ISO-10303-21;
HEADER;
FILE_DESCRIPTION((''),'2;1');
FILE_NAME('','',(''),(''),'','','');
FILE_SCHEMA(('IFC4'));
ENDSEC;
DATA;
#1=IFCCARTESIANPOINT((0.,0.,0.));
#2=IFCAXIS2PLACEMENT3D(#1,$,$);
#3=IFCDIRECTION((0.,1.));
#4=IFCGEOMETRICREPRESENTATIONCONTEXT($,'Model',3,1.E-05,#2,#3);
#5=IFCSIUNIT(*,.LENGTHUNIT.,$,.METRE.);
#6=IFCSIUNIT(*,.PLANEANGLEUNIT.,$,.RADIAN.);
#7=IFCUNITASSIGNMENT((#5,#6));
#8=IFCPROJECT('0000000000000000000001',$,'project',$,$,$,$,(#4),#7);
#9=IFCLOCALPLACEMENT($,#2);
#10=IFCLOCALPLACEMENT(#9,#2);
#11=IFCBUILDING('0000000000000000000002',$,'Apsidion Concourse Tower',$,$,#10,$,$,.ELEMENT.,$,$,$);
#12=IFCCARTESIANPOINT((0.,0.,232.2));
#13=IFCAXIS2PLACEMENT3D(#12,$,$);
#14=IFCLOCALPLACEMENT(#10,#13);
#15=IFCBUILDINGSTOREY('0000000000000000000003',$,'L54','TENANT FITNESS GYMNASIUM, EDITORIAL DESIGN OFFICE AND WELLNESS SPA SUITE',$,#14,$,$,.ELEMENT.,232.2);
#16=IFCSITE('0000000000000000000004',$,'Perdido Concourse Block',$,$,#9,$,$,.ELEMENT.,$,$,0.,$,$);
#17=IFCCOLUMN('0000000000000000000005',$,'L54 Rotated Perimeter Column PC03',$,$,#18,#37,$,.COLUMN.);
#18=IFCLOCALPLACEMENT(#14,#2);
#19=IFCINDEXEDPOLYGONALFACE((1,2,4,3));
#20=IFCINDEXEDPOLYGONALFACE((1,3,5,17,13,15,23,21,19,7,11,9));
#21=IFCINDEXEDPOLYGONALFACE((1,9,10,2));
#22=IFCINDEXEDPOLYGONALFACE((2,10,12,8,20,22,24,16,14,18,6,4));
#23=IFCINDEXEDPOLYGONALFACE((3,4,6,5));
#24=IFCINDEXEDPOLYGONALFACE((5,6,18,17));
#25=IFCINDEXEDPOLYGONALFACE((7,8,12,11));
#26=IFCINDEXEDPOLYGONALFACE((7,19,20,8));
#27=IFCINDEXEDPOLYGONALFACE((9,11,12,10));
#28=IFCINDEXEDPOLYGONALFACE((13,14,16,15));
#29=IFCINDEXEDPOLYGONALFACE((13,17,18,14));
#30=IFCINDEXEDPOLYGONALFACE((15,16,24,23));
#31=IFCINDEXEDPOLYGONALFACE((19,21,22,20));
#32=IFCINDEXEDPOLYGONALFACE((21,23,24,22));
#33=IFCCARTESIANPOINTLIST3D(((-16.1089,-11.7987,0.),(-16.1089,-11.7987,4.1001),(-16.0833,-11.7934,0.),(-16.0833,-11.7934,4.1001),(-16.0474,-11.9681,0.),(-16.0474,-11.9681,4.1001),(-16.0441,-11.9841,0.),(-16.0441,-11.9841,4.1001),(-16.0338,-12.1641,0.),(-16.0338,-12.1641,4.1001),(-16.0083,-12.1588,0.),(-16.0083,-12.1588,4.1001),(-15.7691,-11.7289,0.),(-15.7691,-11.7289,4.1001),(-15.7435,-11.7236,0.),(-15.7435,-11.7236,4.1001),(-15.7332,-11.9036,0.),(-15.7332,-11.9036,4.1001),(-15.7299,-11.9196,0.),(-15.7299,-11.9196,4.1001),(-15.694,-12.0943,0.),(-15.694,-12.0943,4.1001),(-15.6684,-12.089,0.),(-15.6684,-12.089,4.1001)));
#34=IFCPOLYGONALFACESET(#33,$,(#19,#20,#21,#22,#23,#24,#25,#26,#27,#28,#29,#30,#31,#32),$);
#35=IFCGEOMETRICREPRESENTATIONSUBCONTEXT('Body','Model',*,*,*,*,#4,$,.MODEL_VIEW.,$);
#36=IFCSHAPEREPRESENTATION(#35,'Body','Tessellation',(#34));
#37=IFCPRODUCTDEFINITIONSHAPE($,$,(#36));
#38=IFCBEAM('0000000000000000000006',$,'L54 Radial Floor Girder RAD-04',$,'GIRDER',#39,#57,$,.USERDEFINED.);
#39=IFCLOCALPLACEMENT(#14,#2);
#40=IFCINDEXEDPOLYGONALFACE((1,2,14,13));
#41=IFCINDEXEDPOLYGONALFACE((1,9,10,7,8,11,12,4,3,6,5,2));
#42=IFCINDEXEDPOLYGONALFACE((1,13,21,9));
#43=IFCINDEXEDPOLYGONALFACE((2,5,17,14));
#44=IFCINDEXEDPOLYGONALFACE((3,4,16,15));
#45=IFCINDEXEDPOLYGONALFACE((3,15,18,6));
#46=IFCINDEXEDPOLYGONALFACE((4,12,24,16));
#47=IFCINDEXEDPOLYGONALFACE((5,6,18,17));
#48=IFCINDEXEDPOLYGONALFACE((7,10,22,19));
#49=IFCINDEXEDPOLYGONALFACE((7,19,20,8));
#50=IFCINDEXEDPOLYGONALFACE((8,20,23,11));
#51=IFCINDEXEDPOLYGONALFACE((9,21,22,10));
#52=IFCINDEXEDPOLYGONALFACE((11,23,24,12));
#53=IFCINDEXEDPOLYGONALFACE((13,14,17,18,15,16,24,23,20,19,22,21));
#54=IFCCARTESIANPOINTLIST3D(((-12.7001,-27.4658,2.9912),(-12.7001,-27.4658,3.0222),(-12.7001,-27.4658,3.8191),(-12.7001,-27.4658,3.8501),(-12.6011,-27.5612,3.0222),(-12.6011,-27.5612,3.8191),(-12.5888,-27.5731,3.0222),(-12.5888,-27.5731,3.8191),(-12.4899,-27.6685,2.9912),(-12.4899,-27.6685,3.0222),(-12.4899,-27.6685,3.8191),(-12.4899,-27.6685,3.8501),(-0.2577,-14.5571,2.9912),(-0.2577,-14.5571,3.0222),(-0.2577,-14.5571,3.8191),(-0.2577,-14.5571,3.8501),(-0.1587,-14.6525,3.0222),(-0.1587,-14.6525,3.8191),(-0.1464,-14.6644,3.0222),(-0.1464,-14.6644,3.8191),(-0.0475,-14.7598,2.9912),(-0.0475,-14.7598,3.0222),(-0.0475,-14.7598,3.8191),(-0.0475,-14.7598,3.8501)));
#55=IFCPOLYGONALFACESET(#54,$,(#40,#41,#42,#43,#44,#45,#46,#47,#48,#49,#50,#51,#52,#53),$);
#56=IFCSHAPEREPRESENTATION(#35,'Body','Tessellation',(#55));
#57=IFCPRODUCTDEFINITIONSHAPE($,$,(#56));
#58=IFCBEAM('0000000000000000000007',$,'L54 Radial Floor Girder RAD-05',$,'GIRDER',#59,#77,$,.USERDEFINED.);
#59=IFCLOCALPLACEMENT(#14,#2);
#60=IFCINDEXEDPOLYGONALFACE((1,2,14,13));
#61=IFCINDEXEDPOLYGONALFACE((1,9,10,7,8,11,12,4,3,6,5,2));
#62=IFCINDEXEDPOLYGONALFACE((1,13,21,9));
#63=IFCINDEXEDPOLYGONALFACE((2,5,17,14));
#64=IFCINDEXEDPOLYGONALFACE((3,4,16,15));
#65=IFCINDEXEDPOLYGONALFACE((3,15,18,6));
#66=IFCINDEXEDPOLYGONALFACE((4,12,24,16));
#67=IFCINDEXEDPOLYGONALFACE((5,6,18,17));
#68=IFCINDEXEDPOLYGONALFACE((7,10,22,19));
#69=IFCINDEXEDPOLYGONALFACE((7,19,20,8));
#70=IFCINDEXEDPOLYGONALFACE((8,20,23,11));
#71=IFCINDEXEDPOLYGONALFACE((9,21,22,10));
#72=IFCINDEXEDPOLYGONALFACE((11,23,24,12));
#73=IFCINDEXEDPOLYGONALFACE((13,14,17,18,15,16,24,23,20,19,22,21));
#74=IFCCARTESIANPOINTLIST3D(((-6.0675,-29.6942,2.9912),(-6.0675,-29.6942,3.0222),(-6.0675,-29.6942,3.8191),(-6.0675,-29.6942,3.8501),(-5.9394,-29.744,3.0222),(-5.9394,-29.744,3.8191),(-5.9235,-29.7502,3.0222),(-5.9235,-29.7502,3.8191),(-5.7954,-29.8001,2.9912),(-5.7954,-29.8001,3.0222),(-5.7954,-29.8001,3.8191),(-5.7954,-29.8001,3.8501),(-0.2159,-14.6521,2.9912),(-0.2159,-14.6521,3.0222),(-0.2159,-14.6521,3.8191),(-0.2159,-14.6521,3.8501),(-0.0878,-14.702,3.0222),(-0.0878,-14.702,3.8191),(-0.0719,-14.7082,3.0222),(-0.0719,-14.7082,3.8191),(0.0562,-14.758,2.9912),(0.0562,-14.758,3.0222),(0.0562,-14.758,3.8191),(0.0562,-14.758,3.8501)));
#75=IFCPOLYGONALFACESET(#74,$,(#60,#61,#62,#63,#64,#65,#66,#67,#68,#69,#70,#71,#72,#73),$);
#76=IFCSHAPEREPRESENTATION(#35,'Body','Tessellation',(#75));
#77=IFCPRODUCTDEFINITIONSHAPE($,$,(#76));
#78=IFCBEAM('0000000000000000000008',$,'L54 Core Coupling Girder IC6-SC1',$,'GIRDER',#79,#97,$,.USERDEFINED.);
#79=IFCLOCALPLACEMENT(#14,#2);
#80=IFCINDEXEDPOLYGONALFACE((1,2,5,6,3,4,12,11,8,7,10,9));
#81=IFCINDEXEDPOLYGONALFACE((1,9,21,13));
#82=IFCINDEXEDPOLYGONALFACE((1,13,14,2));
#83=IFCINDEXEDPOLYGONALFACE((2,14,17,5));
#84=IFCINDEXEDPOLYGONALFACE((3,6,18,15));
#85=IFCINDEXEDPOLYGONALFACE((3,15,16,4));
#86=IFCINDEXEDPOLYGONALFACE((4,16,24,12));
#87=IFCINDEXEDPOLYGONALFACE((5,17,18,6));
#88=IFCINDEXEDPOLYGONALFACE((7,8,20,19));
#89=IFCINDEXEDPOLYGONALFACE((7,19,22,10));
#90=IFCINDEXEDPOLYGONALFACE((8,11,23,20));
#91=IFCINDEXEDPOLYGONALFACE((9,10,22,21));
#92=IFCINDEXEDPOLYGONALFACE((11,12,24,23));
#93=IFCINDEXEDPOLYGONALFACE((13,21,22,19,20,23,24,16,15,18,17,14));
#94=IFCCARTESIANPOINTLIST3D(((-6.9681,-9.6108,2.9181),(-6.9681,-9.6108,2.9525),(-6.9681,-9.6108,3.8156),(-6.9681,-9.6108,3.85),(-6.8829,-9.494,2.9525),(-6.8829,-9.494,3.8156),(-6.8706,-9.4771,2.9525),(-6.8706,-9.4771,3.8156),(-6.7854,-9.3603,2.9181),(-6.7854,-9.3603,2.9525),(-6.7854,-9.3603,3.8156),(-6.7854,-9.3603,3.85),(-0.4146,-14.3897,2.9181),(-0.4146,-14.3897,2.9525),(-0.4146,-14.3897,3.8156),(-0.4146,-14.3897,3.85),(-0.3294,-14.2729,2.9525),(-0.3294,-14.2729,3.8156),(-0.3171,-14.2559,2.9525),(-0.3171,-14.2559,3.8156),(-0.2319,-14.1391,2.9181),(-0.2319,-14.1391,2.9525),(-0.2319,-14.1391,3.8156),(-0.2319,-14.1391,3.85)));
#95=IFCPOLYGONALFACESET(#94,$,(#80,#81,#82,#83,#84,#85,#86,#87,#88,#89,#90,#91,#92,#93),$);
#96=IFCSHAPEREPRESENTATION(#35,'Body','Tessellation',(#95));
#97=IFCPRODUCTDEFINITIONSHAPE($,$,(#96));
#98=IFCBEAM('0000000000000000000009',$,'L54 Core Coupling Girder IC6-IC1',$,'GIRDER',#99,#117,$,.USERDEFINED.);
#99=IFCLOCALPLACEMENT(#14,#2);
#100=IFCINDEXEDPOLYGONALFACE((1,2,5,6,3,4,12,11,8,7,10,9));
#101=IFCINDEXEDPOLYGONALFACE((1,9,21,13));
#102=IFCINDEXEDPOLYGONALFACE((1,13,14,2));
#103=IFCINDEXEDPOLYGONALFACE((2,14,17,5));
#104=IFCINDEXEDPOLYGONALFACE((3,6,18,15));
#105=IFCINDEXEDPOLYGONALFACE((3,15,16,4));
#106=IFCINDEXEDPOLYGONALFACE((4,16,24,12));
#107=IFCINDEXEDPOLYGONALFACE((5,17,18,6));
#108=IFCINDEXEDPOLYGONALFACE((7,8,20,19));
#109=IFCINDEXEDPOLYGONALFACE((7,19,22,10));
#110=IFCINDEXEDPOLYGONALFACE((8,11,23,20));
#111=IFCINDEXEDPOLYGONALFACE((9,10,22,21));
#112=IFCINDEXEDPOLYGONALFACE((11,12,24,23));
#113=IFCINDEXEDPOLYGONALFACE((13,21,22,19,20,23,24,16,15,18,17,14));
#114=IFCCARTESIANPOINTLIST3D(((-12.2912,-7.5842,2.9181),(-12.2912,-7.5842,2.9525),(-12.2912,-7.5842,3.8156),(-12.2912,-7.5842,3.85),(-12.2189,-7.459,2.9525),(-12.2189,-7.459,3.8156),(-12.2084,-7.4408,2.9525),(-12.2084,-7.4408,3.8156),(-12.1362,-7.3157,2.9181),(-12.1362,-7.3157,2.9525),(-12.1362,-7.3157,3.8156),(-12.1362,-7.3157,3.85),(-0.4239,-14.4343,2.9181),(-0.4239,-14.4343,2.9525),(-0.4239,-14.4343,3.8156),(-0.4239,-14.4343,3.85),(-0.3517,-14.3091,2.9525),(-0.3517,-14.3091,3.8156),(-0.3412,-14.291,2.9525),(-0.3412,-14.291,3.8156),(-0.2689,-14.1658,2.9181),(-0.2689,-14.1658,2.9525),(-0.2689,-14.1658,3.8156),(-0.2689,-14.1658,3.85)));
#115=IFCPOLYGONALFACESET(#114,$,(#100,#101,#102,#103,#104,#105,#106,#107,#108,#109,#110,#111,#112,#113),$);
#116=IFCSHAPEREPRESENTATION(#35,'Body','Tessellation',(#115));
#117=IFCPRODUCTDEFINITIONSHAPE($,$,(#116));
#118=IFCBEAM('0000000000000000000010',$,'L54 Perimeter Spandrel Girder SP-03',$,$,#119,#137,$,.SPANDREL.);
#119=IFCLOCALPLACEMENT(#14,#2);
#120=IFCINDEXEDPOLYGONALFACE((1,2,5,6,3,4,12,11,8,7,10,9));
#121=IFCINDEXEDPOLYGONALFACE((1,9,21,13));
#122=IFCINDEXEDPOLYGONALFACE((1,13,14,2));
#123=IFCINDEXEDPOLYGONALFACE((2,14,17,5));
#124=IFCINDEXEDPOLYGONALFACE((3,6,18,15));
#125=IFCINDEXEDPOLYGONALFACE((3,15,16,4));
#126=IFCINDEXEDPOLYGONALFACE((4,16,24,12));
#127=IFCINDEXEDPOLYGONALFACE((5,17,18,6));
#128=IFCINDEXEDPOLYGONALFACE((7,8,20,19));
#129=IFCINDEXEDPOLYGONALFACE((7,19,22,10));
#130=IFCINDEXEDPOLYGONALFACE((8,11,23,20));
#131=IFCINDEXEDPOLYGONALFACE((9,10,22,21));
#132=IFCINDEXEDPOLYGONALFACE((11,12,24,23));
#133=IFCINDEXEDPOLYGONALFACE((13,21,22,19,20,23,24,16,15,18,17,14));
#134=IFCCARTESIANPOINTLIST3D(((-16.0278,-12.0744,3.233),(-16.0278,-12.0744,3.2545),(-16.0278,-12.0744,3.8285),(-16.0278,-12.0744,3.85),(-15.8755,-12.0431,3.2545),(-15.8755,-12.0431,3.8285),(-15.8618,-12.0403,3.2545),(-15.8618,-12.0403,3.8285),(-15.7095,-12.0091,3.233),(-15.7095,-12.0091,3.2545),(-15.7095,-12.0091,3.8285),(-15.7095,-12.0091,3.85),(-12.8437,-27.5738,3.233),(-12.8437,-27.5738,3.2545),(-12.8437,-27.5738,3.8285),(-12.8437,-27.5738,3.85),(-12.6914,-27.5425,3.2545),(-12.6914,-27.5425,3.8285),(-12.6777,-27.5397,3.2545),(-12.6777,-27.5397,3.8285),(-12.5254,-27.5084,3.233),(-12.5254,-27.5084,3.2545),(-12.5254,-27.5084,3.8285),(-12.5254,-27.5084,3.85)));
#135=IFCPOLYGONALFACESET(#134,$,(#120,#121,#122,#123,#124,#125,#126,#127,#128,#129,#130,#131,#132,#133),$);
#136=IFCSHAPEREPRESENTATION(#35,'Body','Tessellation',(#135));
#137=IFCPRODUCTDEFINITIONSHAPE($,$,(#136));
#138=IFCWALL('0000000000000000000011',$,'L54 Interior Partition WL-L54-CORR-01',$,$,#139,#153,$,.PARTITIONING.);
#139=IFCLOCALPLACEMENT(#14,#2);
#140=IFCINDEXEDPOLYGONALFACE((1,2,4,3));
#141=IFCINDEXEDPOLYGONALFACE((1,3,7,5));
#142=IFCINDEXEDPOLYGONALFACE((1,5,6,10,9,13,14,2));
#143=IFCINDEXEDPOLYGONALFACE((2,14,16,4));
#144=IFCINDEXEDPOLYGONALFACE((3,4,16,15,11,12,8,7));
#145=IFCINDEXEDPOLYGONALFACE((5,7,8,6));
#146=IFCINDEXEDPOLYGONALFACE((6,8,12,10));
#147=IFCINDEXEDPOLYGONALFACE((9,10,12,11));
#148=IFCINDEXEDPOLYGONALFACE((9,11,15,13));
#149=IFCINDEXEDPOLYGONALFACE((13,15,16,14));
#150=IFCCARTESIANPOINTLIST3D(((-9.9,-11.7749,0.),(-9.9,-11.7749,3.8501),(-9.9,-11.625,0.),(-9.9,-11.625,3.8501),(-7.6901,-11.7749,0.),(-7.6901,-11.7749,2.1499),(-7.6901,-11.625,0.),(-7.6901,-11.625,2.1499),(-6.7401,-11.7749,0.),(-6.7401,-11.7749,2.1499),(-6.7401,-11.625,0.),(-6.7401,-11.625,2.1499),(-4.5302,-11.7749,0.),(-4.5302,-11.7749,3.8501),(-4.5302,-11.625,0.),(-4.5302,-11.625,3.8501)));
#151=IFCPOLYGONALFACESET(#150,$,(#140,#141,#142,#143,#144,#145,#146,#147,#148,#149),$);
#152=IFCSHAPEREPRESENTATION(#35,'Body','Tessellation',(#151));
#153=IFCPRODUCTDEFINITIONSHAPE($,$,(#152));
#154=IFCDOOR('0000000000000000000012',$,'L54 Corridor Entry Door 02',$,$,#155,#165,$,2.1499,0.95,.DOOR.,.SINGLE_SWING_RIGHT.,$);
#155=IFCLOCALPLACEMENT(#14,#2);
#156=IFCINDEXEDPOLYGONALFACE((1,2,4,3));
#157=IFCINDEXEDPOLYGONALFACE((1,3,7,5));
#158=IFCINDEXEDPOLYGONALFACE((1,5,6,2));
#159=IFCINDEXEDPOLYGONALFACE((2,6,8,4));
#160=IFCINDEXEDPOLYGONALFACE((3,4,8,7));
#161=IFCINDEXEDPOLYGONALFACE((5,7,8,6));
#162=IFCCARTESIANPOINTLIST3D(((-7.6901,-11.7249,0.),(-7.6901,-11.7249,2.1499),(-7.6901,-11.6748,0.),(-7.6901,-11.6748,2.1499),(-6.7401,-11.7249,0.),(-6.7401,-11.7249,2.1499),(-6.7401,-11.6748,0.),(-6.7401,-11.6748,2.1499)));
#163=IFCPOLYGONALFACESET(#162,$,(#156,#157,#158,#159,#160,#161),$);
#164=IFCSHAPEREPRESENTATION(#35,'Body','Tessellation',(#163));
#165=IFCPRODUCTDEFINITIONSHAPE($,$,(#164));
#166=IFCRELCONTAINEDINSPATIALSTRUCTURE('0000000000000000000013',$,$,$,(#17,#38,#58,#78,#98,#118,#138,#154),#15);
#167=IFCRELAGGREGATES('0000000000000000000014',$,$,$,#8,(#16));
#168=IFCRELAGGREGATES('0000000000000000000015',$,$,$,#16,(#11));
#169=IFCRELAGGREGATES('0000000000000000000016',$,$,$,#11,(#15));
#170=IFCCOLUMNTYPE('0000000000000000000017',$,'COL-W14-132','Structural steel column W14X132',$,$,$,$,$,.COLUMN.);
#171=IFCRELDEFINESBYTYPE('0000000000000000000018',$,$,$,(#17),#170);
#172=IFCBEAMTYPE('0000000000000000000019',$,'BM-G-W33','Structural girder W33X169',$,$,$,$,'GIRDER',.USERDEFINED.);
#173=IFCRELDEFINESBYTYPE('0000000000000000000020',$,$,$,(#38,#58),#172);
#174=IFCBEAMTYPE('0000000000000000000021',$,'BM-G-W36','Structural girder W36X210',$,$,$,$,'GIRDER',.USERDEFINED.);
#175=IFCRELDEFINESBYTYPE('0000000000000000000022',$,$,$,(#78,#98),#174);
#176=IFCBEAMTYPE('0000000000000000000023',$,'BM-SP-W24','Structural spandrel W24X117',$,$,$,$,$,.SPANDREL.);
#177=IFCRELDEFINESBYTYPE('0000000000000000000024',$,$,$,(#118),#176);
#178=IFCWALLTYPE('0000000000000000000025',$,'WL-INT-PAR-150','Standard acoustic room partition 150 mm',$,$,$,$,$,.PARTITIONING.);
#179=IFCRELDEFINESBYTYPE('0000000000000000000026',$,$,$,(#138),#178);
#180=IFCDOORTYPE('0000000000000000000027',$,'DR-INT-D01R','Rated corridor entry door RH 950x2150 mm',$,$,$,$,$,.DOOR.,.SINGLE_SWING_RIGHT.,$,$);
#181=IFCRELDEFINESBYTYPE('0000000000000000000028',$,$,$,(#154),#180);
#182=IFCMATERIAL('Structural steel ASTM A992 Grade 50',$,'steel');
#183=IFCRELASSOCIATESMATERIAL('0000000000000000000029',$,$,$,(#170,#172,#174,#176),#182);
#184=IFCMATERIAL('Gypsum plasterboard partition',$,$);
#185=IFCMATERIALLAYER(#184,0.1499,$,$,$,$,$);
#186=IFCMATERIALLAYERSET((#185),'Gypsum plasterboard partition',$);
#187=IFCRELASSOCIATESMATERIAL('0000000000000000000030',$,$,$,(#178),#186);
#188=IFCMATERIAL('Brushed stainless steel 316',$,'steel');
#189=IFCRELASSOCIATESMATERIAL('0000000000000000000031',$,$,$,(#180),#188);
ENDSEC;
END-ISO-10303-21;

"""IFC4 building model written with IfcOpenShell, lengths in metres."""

from ifc_helpers import new_model, si_unit, direction, frame, frame_2d, origin, origin_2d, place, context, subcontext, project, spatial, rectangle, i_section, extrude, material, layer, layer_set, material_profile, profile_set, type_object, element, fill, save


model = new_model("IFC4")

# Units and contexts
model_context = context("Model", 3, precision=1e-05, world=origin(), true_north=direction((0.0, 1.0)))
body_context = subcontext(model_context, "Body", "Model", "MODEL_VIEW")
ifc_project = project(units=[si_unit("LENGTHUNIT", "METRE"), si_unit("PLANEANGLEUNIT", "RADIAN")], contexts=[model_context])

# Site, building, storey
site_placement = place(None, origin())
site = spatial("IfcSite", under=ifc_project, at=site_placement, Name="Perdido Concourse Block", CompositionType="ELEMENT", RefElevation=0.0)
building_placement = place(site_placement, origin())
building = spatial("IfcBuilding", under=site, at=building_placement, Name="Apsidion Concourse Tower", CompositionType="ELEMENT")
storey_placement = place(building_placement, frame((0.0, 0.0, 232.2)))
storey = spatial("IfcBuildingStorey", under=building, at=storey_placement, Name="L54", Description="TENANT FITNESS GYMNASIUM, EDITORIAL DESIGN OFFICE AND WELLNESS SPA SUITE", CompositionType="ELEMENT", Elevation=232.2)

# Column
ifc_material_1 = material(Name="Structural steel ASTM A992 Grade 50", Category="steel")
ifc_material_profile_1 = material_profile(ifc_material_1, i_section(OverallWidth=0.373, OverallDepth=0.373, WebThickness=0.0164, FlangeThickness=0.0261, at=origin_2d()), Name="W14X132")
ifc_profile_set_1 = profile_set([ifc_material_profile_1], Name="Structural steel ASTM A992 Grade 50")
column_type = type_object("IfcColumnType", Name="COL-W14-132", Description="Structural steel column W14X132", PredefinedType="COLUMN", material=ifc_profile_set_1)
column_placement = place(storey_placement, frame((-15.8887, -11.9438, 0.0), z_axis=(0.0, 0.0, 1.0), x_axis=(-0.201249, 0.97954, 0.0)))
element("IfcColumn", 1, at=column_placement, inside=storey, type_object=column_type, Name="L54 Rotated Perimeter Column PC03", PredefinedType="COLUMN", context=body_context, shape_type="SweptSolid", body=[
    extrude(i_section(OverallWidth=0.373, OverallDepth=0.373, WebThickness=0.0164, FlangeThickness=0.0261, at=origin_2d()), origin(), (0.0, 0.0, 1.0), 4.1001),
])

# Beams
ifc_material_profile_2 = material_profile(ifc_material_1, i_section(OverallWidth=0.292, OverallDepth=0.8589, WebThickness=0.0171, FlangeThickness=0.031, at=origin_2d()), Name="W33X169")
ifc_profile_set_2 = profile_set([ifc_material_profile_2], Name="Structural steel ASTM A992 Grade 50")
beam_type_1 = type_object("IfcBeamType", Name="BM-G-W33", Description="Structural girder W33X169", ElementType="GIRDER", PredefinedType="USERDEFINED", material=ifc_profile_set_2)
beam_1_placement = place(storey_placement, frame((-0.1526, -14.6584, 3.4207), z_axis=(-0.693983, -0.719992, 0.0), x_axis=(0.719992, -0.693983, 0.0)))
element("IfcBeam", 2, at=beam_1_placement, inside=storey, type_object=beam_type_1, Name="L54 Radial Floor Girder RAD-04", ObjectType="GIRDER", PredefinedType="USERDEFINED", context=body_context, shape_type="SweptSolid", body=[
    extrude(i_section(OverallWidth=0.292, OverallDepth=0.8589, WebThickness=0.0171, FlangeThickness=0.031, at=origin_2d()), origin(), (0.0, 0.0, 1.0), 17.929),
])
beam_2_placement = place(storey_placement, frame((-0.0798, -14.7051, 3.4207), z_axis=(-0.362548, -0.931965, 0.0), x_axis=(0.931965, -0.362548, 0.0)))
element("IfcBeam", 3, at=beam_2_placement, inside=storey, type_object=beam_type_1, Name="L54 Radial Floor Girder RAD-05", ObjectType="GIRDER", PredefinedType="USERDEFINED", context=body_context, shape_type="SweptSolid", body=[
    extrude(i_section(OverallWidth=0.292, OverallDepth=0.8589, WebThickness=0.0171, FlangeThickness=0.031, at=origin_2d()), origin(), (0.0, 0.0, 1.0), 16.1401),
])
ifc_material_profile_3 = material_profile(ifc_material_1, i_section(OverallWidth=0.3101, OverallDepth=0.9319, WebThickness=0.021, FlangeThickness=0.0344, at=origin_2d()), Name="W36X210")
ifc_profile_set_3 = profile_set([ifc_material_profile_3], Name="Structural steel ASTM A992 Grade 50")
beam_type_2 = type_object("IfcBeamType", Name="BM-G-W36", Description="Structural girder W36X210", ElementType="GIRDER", PredefinedType="USERDEFINED", material=ifc_profile_set_3)
beam_3_placement = place(storey_placement, frame((-0.3232, -14.2644, 3.384), z_axis=(-0.807993, 0.589191, 0.0), x_axis=(-0.589191, -0.807993, 0.0)))
element("IfcBeam", 4, at=beam_3_placement, inside=storey, type_object=beam_type_2, Name="L54 Core Coupling Girder IC6-SC1", ObjectType="GIRDER", PredefinedType="USERDEFINED", context=body_context, shape_type="SweptSolid", body=[
    extrude(i_section(OverallWidth=0.3101, OverallDepth=0.9319, WebThickness=0.021, FlangeThickness=0.0344, at=origin_2d()), origin(), (0.0, 0.0, 1.0), 8.1108),
])
beam_4_placement = place(storey_placement, frame((-0.3464, -14.3, 3.384), z_axis=(-0.86607, 0.499922, 0.0), x_axis=(-0.499922, -0.86607, 0.0)))
element("IfcBeam", 5, at=beam_4_placement, inside=storey, type_object=beam_type_2, Name="L54 Core Coupling Girder IC6-IC1", ObjectType="GIRDER", PredefinedType="USERDEFINED", context=body_context, shape_type="SweptSolid", body=[
    extrude(i_section(OverallWidth=0.3101, OverallDepth=0.9319, WebThickness=0.021, FlangeThickness=0.0344, at=origin_2d()), origin(), (0.0, 0.0, 1.0), 13.7024),
])
ifc_material_profile_4 = material_profile(ifc_material_1, i_section(OverallWidth=0.325, OverallDepth=0.6169, WebThickness=0.0139, FlangeThickness=0.0215, at=origin_2d()), Name="W24X117")
ifc_profile_set_4 = profile_set([ifc_material_profile_4], Name="Structural steel ASTM A992 Grade 50")
beam_type_3 = type_object("IfcBeamType", Name="BM-SP-W24", Description="Structural spandrel W24X117", PredefinedType="SPANDREL", material=ifc_profile_set_4)
beam_5_placement = place(storey_placement, frame((-15.8687, -12.0417, 3.5415), z_axis=(0.201232, -0.979544, 0.0), x_axis=(0.979544, 0.201232, 0.0)))
element("IfcBeam", 6, at=beam_5_placement, inside=storey, type_object=beam_type_3, Name="L54 Perimeter Spandrel Girder SP-03", PredefinedType="SPANDREL", context=body_context, shape_type="SweptSolid", body=[
    extrude(i_section(OverallWidth=0.325, OverallDepth=0.6169, WebThickness=0.0139, FlangeThickness=0.0215, at=origin_2d()), origin(), (0.0, 0.0, 1.0), 15.823),
])

# Wall, opening, door
ifc_material_2 = material(Name="Gypsum plasterboard partition")
ifc_layer = layer(ifc_material_2, 0.1499)
ifc_layer_set = layer_set([ifc_layer], Name="Gypsum plasterboard partition")
wall_type = type_object("IfcWallType", Name="WL-INT-PAR-150", Description="Standard acoustic room partition 150 mm", PredefinedType="PARTITIONING", material=ifc_layer_set)
wall_1_placement = place(storey_placement, frame((-4.53, -11.7, 0.0), z_axis=(0.0, 0.0, 1.0), x_axis=(-1.0, 0.0, 0.0)))
wall_1 = element("IfcWall", 7, at=wall_1_placement, inside=storey, type_object=wall_type, Name="L54 Interior Partition WL-L54-CORR-01", PredefinedType="PARTITIONING", context=body_context, shape_type="SweptSolid", body=[
    extrude(rectangle(XDim=5.3699, YDim=0.1499, at=frame_2d((2.6851, 0.0))), origin(), (0.0, 0.0, 1.0), 3.8501),
])
opening_1_placement = place(wall_1_placement, frame((2.21, 0.0, 0.0)))
opening_1 = element("IfcOpeningElement", 8, at=opening_1_placement, cuts=wall_1, PredefinedType="OPENING", context=body_context, shape_type="SweptSolid", body=[
    extrude(rectangle(XDim=0.95, YDim=2.1499, at=frame_2d((0.4751, 1.075))), frame((0.0, 0.085, 0.0), z_axis=(0.0, -1.0, 0.0), x_axis=(1.0, 0.0, 0.0)), (0.0, 0.0, 1.0), 0.1699),
])
ifc_material_3 = material(Name="Brushed stainless steel 316", Category="steel")
door_type_1 = type_object("IfcDoorType", Name="DR-INT-D01R", Description="Rated corridor entry door RH 950x2150 mm", OperationType="SINGLE_SWING_RIGHT", PredefinedType="DOOR", material=ifc_material_3)
door_1_placement = place(opening_1_placement, origin())
door_1 = element("IfcDoor", 9, at=door_1_placement, inside=storey, type_object=door_type_1, Name="L54 Corridor Entry Door 02", OperationType="SINGLE_SWING_RIGHT", OverallHeight=2.1499, OverallWidth=0.95, PredefinedType="DOOR", context=body_context, shape_type="SweptSolid", body=[
    extrude(rectangle(XDim=0.95, YDim=2.1499, at=frame_2d((0.4751, 1.075))), frame((0.0, 0.0249, 0.0), z_axis=(0.0, -1.0, 0.0), x_axis=(1.0, 0.0, 0.0)), (0.0, 0.0, 1.0), 0.05),
])
fill(opening_1, door_1)

save(model, "model.ifc")
